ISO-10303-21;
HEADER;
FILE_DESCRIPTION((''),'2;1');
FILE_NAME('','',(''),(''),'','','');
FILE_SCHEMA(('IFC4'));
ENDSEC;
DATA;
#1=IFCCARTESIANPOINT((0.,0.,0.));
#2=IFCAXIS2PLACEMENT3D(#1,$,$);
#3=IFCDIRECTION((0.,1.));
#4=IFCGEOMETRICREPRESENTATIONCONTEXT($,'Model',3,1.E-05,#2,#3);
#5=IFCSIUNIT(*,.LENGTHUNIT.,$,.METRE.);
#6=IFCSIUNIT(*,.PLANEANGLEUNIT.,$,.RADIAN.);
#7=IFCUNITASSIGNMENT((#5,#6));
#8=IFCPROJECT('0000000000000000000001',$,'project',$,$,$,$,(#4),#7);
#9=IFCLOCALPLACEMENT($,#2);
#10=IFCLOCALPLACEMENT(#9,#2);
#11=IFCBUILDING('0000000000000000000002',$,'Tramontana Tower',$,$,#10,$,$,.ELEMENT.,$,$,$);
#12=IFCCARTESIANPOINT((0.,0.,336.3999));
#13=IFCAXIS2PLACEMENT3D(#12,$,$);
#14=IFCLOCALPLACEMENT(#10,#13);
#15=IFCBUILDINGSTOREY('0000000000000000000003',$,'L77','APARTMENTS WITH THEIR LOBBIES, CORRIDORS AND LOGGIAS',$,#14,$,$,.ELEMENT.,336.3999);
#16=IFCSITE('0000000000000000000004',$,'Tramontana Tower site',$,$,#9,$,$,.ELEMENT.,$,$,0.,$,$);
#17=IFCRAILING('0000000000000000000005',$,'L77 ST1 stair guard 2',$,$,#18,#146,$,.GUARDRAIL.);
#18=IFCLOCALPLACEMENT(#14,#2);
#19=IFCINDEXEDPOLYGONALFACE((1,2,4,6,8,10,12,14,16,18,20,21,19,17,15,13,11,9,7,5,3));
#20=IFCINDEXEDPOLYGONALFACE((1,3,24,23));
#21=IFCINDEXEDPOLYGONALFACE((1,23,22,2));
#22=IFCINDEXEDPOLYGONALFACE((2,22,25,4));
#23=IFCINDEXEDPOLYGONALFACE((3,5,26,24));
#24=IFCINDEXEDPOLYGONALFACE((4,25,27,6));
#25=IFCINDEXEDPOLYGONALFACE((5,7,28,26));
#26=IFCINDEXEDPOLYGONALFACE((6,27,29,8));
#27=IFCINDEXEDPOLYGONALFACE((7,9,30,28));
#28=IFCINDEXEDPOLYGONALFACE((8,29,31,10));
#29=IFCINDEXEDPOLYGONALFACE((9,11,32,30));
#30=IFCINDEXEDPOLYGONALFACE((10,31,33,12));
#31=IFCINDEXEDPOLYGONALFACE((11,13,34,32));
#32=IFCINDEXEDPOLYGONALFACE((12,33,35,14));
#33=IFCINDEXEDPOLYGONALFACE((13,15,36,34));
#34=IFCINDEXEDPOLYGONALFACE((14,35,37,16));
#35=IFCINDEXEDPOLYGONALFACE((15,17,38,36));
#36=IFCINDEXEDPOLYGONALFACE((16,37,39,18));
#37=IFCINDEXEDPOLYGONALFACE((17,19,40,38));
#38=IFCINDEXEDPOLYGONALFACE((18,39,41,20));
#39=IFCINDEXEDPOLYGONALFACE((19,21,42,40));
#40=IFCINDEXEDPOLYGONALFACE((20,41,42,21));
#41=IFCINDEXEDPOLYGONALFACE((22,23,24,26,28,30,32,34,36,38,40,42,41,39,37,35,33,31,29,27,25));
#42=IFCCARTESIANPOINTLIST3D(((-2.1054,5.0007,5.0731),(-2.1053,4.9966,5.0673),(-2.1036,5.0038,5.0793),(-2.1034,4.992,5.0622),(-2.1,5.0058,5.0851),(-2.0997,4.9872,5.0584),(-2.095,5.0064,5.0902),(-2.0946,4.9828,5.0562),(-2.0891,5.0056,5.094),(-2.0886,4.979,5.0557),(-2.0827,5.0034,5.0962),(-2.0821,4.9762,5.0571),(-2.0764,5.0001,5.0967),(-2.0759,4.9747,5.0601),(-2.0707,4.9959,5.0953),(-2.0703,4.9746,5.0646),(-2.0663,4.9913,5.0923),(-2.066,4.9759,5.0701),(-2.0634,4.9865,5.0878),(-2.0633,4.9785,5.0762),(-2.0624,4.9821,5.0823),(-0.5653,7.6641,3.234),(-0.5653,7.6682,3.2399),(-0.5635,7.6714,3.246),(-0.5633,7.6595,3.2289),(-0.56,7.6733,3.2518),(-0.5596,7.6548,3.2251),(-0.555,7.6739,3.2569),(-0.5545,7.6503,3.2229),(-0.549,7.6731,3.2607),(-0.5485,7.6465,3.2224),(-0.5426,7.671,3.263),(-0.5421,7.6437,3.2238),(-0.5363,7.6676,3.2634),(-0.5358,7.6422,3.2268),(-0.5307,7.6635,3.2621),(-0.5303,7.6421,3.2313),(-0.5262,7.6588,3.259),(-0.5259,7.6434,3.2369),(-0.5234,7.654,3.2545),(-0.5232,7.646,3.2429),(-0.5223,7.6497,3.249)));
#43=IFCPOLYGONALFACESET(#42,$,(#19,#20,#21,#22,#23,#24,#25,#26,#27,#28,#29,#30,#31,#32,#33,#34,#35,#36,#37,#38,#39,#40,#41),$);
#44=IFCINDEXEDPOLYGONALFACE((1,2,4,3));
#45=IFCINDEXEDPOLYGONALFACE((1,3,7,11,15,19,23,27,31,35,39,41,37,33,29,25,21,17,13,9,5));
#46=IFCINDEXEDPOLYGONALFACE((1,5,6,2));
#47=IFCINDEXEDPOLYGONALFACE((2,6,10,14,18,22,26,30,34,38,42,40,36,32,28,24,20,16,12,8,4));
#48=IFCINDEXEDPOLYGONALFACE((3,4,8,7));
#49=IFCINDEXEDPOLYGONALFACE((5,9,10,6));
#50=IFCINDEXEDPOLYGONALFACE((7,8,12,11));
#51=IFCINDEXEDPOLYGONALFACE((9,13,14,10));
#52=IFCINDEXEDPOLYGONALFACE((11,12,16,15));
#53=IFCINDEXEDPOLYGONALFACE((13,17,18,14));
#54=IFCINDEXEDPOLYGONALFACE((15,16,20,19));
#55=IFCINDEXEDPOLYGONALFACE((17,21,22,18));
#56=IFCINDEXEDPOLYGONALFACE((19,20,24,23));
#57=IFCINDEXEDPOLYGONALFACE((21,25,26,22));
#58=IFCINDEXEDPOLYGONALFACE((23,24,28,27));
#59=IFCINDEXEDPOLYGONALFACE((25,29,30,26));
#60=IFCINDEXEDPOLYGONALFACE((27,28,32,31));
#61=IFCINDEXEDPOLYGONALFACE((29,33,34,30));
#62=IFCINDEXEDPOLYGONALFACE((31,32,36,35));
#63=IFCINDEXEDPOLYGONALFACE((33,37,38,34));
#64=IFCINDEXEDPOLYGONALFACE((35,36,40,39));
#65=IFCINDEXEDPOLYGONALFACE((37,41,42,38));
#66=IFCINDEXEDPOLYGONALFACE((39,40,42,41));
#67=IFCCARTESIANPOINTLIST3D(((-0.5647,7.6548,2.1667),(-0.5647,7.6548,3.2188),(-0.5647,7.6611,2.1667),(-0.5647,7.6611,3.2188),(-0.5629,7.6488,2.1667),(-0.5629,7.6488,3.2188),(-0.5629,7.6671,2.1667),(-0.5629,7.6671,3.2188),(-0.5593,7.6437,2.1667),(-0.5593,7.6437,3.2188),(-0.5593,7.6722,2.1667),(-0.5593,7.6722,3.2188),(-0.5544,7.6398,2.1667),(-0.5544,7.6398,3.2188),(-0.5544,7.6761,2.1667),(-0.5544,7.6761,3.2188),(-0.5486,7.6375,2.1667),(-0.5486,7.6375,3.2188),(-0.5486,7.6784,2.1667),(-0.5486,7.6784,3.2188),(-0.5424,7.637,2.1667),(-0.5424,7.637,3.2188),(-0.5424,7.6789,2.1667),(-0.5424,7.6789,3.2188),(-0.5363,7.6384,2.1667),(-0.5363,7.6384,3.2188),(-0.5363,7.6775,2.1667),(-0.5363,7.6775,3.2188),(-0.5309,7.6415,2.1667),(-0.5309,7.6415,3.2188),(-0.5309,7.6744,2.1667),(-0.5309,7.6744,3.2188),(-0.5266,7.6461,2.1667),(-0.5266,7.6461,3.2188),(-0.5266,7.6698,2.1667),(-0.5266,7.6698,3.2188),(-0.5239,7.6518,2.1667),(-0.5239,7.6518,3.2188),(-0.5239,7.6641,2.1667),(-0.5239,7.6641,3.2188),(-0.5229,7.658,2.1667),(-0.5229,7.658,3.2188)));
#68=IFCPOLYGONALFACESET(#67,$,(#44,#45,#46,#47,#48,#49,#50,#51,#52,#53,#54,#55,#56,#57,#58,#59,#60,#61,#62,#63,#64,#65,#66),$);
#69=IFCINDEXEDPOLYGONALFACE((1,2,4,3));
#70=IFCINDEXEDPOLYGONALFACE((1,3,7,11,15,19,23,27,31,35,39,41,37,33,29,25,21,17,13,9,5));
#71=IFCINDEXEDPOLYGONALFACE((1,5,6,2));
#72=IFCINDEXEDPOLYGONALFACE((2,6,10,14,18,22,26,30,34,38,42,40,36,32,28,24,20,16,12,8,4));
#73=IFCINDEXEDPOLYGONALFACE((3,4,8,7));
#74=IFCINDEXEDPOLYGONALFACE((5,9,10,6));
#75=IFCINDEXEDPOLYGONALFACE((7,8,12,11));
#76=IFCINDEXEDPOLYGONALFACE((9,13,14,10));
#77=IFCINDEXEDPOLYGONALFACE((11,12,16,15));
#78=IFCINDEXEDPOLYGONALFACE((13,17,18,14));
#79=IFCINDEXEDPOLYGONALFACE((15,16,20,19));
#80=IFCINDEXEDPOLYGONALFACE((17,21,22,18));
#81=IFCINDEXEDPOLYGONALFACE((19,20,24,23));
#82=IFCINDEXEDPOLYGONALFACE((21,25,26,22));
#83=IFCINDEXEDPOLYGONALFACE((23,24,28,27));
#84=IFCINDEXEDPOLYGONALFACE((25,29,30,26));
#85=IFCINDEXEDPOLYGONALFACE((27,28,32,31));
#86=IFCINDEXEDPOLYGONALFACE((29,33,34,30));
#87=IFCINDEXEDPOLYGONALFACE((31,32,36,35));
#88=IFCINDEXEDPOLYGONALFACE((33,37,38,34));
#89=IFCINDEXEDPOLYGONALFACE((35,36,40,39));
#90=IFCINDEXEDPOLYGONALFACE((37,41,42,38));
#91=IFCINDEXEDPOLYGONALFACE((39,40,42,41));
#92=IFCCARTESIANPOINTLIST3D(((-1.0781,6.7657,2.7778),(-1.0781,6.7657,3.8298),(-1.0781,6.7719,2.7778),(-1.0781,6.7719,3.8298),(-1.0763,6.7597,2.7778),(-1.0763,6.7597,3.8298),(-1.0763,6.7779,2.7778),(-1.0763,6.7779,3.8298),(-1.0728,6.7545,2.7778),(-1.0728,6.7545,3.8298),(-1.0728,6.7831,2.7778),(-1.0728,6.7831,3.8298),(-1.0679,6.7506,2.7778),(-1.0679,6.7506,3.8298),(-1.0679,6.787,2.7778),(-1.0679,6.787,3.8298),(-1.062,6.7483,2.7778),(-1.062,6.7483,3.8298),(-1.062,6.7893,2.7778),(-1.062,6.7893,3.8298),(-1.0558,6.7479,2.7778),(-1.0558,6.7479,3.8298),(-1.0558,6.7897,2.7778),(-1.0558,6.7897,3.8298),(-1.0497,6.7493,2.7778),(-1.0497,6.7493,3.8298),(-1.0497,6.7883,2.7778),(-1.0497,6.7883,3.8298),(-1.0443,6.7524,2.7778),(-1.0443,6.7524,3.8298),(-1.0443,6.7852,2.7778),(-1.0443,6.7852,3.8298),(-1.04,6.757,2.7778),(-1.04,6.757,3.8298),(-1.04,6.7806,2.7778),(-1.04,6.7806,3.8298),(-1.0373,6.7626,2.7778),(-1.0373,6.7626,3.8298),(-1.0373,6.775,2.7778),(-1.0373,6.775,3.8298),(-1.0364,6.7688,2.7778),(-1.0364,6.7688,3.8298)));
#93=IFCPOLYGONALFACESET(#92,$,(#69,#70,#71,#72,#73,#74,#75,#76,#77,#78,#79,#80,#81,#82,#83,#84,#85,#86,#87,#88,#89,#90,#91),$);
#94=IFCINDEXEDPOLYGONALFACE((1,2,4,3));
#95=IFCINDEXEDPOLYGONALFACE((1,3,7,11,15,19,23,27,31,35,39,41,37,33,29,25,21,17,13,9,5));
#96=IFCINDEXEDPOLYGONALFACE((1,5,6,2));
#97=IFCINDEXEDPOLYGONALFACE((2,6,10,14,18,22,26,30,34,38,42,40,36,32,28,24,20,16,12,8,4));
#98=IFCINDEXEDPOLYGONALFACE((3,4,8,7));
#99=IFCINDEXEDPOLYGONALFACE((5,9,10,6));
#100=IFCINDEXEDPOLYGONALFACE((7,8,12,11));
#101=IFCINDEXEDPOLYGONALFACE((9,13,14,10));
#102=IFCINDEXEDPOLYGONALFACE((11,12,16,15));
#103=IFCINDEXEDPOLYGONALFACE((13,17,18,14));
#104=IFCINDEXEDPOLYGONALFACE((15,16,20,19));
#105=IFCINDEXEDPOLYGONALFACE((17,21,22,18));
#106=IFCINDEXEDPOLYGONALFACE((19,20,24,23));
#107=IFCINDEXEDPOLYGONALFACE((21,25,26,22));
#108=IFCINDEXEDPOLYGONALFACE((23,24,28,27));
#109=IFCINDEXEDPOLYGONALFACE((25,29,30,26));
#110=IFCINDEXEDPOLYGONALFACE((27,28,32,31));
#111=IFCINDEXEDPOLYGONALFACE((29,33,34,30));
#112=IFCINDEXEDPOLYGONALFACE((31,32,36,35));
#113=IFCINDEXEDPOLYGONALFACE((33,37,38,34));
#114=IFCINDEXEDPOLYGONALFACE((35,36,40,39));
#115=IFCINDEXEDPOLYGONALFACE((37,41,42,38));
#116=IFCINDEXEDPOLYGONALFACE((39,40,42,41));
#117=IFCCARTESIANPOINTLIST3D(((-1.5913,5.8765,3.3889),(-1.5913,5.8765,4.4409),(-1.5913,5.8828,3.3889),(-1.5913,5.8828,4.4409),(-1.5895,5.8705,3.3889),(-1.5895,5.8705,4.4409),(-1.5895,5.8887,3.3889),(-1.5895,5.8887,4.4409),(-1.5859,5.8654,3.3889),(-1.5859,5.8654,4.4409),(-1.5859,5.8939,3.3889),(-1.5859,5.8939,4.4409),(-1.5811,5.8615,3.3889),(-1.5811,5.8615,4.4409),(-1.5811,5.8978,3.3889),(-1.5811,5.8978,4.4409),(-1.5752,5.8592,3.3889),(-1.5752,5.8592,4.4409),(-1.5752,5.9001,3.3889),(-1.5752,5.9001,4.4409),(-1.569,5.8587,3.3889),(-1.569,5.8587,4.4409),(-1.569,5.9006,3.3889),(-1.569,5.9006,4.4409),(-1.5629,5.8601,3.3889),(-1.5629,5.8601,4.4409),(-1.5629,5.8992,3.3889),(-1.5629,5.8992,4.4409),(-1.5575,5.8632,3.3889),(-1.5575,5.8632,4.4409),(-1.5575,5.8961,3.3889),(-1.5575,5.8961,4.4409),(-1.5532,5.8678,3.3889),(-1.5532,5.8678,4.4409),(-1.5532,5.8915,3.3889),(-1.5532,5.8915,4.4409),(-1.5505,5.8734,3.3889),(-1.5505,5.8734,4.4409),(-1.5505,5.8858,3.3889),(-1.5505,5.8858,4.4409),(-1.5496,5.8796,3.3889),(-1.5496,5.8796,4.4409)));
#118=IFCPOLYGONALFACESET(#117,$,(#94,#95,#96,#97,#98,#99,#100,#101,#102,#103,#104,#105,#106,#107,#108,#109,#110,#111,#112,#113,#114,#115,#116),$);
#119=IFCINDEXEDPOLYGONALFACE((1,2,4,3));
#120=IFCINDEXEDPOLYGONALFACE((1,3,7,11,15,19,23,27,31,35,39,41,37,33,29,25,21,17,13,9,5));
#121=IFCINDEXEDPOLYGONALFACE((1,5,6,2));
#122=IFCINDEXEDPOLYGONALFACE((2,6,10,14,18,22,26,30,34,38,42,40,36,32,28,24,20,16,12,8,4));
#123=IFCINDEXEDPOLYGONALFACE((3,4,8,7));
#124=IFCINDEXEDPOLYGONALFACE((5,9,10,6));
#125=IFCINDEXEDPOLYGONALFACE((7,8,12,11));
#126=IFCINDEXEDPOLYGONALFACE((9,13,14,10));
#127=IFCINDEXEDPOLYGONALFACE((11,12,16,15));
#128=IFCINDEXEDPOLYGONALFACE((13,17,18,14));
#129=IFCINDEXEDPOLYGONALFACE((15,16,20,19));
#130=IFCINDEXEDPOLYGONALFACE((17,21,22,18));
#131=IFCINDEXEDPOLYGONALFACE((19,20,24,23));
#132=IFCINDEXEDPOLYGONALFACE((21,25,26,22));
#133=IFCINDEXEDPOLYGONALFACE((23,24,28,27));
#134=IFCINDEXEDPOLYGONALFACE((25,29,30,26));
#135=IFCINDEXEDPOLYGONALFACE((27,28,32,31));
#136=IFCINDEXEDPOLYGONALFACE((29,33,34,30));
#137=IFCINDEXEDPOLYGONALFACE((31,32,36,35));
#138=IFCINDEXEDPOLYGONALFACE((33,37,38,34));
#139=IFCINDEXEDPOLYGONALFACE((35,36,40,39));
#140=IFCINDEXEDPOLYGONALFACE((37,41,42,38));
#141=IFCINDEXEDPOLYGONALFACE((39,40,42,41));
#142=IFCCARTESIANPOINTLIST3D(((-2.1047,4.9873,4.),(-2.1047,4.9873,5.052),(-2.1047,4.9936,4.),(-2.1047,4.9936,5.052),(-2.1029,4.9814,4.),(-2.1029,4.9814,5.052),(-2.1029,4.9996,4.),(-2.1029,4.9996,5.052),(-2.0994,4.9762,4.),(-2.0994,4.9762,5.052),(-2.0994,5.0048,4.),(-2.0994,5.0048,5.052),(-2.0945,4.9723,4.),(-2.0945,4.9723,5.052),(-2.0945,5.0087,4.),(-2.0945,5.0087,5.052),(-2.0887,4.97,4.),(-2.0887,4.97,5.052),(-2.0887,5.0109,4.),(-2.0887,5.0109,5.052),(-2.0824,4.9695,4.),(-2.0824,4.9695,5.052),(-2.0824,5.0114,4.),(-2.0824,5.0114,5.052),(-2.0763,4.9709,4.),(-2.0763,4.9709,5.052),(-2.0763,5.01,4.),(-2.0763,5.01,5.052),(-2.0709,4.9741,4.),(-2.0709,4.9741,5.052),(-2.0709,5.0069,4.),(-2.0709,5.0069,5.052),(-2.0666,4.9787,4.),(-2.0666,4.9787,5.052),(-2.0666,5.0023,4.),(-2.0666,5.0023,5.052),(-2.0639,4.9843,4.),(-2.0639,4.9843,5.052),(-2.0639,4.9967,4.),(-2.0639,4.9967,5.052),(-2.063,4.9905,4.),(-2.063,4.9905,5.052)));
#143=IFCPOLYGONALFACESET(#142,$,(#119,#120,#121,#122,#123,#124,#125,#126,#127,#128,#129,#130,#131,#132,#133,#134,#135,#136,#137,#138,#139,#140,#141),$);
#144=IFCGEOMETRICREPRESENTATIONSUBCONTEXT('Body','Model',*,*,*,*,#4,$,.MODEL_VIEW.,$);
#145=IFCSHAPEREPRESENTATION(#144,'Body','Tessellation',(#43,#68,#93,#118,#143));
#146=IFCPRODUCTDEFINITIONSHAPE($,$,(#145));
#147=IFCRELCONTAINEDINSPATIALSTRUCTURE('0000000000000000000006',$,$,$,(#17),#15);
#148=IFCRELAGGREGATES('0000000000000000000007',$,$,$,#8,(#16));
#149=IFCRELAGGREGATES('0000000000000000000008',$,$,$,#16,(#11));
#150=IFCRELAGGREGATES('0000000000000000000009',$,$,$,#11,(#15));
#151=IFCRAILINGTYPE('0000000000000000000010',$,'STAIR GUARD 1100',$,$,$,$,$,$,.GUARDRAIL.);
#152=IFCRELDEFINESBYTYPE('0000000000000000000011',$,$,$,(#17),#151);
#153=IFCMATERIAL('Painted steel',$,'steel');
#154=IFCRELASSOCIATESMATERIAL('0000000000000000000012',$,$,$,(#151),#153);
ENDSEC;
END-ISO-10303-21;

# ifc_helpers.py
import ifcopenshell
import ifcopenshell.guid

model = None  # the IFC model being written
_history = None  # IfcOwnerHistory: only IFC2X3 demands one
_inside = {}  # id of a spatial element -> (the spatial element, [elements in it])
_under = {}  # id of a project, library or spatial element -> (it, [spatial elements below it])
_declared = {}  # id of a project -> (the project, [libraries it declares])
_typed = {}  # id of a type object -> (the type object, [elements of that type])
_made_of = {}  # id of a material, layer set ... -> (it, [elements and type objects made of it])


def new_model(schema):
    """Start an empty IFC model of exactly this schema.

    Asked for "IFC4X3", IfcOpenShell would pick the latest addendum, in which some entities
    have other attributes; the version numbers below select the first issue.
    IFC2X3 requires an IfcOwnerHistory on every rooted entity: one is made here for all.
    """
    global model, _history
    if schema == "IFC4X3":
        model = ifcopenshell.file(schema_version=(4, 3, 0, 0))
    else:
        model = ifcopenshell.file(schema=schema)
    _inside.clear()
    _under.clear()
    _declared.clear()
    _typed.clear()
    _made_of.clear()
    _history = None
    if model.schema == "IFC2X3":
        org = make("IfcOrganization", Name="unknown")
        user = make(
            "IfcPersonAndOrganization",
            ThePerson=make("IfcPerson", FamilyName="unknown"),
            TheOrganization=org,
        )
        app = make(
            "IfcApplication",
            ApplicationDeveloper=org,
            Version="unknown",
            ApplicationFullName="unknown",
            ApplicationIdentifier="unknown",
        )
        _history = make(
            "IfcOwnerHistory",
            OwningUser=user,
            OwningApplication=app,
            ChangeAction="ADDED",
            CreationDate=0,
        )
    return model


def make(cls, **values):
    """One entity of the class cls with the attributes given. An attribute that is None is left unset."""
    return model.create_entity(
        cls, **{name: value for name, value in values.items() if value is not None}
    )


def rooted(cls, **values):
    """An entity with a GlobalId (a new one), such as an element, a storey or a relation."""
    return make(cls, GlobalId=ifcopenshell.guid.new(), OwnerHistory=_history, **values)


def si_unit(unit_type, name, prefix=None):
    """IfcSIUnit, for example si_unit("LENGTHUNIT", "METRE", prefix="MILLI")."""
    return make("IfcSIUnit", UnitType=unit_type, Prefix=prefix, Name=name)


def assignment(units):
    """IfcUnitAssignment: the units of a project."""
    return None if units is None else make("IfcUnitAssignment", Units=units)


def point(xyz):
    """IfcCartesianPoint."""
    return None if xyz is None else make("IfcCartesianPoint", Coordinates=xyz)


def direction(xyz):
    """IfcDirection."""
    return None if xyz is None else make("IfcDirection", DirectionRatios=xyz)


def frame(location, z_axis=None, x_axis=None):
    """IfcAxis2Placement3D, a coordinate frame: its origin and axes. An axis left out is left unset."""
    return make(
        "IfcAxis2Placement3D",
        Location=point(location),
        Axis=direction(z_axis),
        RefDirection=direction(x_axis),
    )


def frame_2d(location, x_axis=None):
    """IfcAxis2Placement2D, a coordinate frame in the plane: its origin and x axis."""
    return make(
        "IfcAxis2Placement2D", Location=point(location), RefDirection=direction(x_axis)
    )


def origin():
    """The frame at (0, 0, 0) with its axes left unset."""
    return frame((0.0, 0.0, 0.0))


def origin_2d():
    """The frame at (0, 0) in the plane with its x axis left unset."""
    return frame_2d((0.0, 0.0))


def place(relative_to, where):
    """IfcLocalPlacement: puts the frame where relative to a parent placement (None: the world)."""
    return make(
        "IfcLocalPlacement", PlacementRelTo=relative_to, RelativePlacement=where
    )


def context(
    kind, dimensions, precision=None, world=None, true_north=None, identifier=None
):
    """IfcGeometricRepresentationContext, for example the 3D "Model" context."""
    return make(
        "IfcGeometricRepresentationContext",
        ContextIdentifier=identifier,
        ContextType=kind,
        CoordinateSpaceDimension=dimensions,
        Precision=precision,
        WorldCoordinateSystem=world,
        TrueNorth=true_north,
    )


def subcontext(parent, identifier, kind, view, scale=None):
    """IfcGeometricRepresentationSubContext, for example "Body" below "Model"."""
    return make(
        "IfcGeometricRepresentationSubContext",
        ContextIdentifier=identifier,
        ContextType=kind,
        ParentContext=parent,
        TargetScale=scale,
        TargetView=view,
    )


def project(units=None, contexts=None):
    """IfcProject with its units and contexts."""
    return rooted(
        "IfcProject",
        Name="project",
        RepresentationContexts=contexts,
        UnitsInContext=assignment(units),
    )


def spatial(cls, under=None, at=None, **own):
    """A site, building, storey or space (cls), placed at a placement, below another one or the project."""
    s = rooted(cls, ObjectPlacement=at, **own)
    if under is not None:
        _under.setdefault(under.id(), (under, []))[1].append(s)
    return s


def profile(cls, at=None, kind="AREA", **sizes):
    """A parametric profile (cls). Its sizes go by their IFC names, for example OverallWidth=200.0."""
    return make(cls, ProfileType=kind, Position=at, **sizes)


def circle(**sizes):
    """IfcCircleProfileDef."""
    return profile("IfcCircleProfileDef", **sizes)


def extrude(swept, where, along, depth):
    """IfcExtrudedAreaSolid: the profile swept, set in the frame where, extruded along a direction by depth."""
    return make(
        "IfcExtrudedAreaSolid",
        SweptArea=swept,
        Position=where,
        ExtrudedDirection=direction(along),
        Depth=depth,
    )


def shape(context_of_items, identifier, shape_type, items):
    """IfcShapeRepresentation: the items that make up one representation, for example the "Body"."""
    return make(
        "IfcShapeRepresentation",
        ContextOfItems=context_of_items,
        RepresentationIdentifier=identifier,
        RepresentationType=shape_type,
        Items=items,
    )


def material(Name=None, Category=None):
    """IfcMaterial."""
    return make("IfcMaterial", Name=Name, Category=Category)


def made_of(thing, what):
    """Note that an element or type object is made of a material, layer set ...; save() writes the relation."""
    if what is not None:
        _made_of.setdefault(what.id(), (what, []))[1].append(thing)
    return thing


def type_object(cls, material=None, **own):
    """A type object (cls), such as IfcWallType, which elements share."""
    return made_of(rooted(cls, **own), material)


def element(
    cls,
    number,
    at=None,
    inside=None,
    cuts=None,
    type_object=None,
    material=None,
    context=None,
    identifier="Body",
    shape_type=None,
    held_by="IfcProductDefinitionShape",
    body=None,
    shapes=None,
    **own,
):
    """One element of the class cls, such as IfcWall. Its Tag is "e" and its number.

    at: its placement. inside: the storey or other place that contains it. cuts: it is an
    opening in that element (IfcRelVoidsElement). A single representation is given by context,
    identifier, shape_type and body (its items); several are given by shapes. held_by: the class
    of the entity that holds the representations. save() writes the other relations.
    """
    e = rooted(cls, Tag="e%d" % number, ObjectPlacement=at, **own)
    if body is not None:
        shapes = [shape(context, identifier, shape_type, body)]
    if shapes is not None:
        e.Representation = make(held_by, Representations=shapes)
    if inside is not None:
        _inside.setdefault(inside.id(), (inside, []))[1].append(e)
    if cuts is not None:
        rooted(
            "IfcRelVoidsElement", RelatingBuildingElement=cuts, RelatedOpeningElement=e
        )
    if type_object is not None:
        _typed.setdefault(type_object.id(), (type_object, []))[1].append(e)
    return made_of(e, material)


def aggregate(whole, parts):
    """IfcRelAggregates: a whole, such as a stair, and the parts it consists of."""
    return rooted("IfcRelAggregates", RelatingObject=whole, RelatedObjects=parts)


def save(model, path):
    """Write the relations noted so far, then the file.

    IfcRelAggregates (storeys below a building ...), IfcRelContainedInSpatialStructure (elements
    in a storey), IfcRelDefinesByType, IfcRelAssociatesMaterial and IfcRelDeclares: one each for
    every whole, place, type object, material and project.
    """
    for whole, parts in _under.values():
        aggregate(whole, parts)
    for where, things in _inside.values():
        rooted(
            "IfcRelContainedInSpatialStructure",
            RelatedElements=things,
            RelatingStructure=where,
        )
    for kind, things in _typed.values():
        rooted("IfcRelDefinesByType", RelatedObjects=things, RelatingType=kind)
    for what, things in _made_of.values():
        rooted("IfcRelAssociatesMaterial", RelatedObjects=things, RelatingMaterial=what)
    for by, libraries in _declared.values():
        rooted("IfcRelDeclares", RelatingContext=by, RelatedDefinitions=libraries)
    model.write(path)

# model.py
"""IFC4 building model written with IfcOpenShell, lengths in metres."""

from ifc_helpers import new_model, si_unit, direction, frame, origin, origin_2d, place, context, subcontext, project, spatial, circle, extrude, material, type_object, element, save


model = new_model("IFC4")

# Units and contexts
model_context = context("Model", 3, precision=1e-05, world=origin(), true_north=direction((0.0, 1.0)))
body_context = subcontext(model_context, "Body", "Model", "MODEL_VIEW")
ifc_project = project(units=[si_unit("LENGTHUNIT", "METRE"), si_unit("PLANEANGLEUNIT", "RADIAN")], contexts=[model_context])

# Site, building, storey
site_placement = place(None, origin())
site = spatial("IfcSite", under=ifc_project, at=site_placement, Name="Tramontana Tower site", CompositionType="ELEMENT", RefElevation=0.0)
building_placement = place(site_placement, origin())
building = spatial("IfcBuilding", under=site, at=building_placement, Name="Tramontana Tower", CompositionType="ELEMENT")
storey_placement = place(building_placement, frame((0.0, 0.0, 336.3999)))
storey = spatial("IfcBuildingStorey", under=building, at=storey_placement, Name="L77", Description="APARTMENTS WITH THEIR LOBBIES, CORRIDORS AND LOGGIAS", CompositionType="ELEMENT", Elevation=336.3999)

# Railing
ifc_material_1 = material(Name="Painted steel", Category="steel")
railing_type_1 = type_object("IfcRailingType", Name="STAIR GUARD 1100", PredefinedType="GUARDRAIL", material=ifc_material_1)
railing_1_placement = place(storey_placement, frame((-0.5439, 7.658, 2.1667)))
element("IfcRailing", 1, at=railing_1_placement, inside=storey, type_object=railing_type_1, Name="L77 ST1 stair guard 2", PredefinedType="GUARDRAIL", context=body_context, shape_type="SweptSolid", body=[
    extrude(circle(Radius=0.0239, at=origin_2d()), frame((0.0, 0.0, 1.0762), z_axis=(-0.429649, -0.74419, 0.511452), x_axis=(0.86603, -0.499992, 0.0)), (0.0, 0.0, 1.0), 3.5845),
    extrude(circle(Radius=0.021, at=origin_2d()), origin(), (0.0, 0.0, 1.0), 1.052),
    extrude(circle(Radius=0.021, at=origin_2d()), frame((-0.5134, -0.8892, 0.6111)), (0.0, 0.0, 1.0), 1.052),
    extrude(circle(Radius=0.021, at=origin_2d()), frame((-1.0266, -1.7783, 1.2222)), (0.0, 0.0, 1.0), 1.052),
    extrude(circle(Radius=0.021, at=origin_2d()), frame((-1.54, -2.6675, 1.8333)), (0.0, 0.0, 1.0), 1.052),
])

save(model, "model.ifc")
